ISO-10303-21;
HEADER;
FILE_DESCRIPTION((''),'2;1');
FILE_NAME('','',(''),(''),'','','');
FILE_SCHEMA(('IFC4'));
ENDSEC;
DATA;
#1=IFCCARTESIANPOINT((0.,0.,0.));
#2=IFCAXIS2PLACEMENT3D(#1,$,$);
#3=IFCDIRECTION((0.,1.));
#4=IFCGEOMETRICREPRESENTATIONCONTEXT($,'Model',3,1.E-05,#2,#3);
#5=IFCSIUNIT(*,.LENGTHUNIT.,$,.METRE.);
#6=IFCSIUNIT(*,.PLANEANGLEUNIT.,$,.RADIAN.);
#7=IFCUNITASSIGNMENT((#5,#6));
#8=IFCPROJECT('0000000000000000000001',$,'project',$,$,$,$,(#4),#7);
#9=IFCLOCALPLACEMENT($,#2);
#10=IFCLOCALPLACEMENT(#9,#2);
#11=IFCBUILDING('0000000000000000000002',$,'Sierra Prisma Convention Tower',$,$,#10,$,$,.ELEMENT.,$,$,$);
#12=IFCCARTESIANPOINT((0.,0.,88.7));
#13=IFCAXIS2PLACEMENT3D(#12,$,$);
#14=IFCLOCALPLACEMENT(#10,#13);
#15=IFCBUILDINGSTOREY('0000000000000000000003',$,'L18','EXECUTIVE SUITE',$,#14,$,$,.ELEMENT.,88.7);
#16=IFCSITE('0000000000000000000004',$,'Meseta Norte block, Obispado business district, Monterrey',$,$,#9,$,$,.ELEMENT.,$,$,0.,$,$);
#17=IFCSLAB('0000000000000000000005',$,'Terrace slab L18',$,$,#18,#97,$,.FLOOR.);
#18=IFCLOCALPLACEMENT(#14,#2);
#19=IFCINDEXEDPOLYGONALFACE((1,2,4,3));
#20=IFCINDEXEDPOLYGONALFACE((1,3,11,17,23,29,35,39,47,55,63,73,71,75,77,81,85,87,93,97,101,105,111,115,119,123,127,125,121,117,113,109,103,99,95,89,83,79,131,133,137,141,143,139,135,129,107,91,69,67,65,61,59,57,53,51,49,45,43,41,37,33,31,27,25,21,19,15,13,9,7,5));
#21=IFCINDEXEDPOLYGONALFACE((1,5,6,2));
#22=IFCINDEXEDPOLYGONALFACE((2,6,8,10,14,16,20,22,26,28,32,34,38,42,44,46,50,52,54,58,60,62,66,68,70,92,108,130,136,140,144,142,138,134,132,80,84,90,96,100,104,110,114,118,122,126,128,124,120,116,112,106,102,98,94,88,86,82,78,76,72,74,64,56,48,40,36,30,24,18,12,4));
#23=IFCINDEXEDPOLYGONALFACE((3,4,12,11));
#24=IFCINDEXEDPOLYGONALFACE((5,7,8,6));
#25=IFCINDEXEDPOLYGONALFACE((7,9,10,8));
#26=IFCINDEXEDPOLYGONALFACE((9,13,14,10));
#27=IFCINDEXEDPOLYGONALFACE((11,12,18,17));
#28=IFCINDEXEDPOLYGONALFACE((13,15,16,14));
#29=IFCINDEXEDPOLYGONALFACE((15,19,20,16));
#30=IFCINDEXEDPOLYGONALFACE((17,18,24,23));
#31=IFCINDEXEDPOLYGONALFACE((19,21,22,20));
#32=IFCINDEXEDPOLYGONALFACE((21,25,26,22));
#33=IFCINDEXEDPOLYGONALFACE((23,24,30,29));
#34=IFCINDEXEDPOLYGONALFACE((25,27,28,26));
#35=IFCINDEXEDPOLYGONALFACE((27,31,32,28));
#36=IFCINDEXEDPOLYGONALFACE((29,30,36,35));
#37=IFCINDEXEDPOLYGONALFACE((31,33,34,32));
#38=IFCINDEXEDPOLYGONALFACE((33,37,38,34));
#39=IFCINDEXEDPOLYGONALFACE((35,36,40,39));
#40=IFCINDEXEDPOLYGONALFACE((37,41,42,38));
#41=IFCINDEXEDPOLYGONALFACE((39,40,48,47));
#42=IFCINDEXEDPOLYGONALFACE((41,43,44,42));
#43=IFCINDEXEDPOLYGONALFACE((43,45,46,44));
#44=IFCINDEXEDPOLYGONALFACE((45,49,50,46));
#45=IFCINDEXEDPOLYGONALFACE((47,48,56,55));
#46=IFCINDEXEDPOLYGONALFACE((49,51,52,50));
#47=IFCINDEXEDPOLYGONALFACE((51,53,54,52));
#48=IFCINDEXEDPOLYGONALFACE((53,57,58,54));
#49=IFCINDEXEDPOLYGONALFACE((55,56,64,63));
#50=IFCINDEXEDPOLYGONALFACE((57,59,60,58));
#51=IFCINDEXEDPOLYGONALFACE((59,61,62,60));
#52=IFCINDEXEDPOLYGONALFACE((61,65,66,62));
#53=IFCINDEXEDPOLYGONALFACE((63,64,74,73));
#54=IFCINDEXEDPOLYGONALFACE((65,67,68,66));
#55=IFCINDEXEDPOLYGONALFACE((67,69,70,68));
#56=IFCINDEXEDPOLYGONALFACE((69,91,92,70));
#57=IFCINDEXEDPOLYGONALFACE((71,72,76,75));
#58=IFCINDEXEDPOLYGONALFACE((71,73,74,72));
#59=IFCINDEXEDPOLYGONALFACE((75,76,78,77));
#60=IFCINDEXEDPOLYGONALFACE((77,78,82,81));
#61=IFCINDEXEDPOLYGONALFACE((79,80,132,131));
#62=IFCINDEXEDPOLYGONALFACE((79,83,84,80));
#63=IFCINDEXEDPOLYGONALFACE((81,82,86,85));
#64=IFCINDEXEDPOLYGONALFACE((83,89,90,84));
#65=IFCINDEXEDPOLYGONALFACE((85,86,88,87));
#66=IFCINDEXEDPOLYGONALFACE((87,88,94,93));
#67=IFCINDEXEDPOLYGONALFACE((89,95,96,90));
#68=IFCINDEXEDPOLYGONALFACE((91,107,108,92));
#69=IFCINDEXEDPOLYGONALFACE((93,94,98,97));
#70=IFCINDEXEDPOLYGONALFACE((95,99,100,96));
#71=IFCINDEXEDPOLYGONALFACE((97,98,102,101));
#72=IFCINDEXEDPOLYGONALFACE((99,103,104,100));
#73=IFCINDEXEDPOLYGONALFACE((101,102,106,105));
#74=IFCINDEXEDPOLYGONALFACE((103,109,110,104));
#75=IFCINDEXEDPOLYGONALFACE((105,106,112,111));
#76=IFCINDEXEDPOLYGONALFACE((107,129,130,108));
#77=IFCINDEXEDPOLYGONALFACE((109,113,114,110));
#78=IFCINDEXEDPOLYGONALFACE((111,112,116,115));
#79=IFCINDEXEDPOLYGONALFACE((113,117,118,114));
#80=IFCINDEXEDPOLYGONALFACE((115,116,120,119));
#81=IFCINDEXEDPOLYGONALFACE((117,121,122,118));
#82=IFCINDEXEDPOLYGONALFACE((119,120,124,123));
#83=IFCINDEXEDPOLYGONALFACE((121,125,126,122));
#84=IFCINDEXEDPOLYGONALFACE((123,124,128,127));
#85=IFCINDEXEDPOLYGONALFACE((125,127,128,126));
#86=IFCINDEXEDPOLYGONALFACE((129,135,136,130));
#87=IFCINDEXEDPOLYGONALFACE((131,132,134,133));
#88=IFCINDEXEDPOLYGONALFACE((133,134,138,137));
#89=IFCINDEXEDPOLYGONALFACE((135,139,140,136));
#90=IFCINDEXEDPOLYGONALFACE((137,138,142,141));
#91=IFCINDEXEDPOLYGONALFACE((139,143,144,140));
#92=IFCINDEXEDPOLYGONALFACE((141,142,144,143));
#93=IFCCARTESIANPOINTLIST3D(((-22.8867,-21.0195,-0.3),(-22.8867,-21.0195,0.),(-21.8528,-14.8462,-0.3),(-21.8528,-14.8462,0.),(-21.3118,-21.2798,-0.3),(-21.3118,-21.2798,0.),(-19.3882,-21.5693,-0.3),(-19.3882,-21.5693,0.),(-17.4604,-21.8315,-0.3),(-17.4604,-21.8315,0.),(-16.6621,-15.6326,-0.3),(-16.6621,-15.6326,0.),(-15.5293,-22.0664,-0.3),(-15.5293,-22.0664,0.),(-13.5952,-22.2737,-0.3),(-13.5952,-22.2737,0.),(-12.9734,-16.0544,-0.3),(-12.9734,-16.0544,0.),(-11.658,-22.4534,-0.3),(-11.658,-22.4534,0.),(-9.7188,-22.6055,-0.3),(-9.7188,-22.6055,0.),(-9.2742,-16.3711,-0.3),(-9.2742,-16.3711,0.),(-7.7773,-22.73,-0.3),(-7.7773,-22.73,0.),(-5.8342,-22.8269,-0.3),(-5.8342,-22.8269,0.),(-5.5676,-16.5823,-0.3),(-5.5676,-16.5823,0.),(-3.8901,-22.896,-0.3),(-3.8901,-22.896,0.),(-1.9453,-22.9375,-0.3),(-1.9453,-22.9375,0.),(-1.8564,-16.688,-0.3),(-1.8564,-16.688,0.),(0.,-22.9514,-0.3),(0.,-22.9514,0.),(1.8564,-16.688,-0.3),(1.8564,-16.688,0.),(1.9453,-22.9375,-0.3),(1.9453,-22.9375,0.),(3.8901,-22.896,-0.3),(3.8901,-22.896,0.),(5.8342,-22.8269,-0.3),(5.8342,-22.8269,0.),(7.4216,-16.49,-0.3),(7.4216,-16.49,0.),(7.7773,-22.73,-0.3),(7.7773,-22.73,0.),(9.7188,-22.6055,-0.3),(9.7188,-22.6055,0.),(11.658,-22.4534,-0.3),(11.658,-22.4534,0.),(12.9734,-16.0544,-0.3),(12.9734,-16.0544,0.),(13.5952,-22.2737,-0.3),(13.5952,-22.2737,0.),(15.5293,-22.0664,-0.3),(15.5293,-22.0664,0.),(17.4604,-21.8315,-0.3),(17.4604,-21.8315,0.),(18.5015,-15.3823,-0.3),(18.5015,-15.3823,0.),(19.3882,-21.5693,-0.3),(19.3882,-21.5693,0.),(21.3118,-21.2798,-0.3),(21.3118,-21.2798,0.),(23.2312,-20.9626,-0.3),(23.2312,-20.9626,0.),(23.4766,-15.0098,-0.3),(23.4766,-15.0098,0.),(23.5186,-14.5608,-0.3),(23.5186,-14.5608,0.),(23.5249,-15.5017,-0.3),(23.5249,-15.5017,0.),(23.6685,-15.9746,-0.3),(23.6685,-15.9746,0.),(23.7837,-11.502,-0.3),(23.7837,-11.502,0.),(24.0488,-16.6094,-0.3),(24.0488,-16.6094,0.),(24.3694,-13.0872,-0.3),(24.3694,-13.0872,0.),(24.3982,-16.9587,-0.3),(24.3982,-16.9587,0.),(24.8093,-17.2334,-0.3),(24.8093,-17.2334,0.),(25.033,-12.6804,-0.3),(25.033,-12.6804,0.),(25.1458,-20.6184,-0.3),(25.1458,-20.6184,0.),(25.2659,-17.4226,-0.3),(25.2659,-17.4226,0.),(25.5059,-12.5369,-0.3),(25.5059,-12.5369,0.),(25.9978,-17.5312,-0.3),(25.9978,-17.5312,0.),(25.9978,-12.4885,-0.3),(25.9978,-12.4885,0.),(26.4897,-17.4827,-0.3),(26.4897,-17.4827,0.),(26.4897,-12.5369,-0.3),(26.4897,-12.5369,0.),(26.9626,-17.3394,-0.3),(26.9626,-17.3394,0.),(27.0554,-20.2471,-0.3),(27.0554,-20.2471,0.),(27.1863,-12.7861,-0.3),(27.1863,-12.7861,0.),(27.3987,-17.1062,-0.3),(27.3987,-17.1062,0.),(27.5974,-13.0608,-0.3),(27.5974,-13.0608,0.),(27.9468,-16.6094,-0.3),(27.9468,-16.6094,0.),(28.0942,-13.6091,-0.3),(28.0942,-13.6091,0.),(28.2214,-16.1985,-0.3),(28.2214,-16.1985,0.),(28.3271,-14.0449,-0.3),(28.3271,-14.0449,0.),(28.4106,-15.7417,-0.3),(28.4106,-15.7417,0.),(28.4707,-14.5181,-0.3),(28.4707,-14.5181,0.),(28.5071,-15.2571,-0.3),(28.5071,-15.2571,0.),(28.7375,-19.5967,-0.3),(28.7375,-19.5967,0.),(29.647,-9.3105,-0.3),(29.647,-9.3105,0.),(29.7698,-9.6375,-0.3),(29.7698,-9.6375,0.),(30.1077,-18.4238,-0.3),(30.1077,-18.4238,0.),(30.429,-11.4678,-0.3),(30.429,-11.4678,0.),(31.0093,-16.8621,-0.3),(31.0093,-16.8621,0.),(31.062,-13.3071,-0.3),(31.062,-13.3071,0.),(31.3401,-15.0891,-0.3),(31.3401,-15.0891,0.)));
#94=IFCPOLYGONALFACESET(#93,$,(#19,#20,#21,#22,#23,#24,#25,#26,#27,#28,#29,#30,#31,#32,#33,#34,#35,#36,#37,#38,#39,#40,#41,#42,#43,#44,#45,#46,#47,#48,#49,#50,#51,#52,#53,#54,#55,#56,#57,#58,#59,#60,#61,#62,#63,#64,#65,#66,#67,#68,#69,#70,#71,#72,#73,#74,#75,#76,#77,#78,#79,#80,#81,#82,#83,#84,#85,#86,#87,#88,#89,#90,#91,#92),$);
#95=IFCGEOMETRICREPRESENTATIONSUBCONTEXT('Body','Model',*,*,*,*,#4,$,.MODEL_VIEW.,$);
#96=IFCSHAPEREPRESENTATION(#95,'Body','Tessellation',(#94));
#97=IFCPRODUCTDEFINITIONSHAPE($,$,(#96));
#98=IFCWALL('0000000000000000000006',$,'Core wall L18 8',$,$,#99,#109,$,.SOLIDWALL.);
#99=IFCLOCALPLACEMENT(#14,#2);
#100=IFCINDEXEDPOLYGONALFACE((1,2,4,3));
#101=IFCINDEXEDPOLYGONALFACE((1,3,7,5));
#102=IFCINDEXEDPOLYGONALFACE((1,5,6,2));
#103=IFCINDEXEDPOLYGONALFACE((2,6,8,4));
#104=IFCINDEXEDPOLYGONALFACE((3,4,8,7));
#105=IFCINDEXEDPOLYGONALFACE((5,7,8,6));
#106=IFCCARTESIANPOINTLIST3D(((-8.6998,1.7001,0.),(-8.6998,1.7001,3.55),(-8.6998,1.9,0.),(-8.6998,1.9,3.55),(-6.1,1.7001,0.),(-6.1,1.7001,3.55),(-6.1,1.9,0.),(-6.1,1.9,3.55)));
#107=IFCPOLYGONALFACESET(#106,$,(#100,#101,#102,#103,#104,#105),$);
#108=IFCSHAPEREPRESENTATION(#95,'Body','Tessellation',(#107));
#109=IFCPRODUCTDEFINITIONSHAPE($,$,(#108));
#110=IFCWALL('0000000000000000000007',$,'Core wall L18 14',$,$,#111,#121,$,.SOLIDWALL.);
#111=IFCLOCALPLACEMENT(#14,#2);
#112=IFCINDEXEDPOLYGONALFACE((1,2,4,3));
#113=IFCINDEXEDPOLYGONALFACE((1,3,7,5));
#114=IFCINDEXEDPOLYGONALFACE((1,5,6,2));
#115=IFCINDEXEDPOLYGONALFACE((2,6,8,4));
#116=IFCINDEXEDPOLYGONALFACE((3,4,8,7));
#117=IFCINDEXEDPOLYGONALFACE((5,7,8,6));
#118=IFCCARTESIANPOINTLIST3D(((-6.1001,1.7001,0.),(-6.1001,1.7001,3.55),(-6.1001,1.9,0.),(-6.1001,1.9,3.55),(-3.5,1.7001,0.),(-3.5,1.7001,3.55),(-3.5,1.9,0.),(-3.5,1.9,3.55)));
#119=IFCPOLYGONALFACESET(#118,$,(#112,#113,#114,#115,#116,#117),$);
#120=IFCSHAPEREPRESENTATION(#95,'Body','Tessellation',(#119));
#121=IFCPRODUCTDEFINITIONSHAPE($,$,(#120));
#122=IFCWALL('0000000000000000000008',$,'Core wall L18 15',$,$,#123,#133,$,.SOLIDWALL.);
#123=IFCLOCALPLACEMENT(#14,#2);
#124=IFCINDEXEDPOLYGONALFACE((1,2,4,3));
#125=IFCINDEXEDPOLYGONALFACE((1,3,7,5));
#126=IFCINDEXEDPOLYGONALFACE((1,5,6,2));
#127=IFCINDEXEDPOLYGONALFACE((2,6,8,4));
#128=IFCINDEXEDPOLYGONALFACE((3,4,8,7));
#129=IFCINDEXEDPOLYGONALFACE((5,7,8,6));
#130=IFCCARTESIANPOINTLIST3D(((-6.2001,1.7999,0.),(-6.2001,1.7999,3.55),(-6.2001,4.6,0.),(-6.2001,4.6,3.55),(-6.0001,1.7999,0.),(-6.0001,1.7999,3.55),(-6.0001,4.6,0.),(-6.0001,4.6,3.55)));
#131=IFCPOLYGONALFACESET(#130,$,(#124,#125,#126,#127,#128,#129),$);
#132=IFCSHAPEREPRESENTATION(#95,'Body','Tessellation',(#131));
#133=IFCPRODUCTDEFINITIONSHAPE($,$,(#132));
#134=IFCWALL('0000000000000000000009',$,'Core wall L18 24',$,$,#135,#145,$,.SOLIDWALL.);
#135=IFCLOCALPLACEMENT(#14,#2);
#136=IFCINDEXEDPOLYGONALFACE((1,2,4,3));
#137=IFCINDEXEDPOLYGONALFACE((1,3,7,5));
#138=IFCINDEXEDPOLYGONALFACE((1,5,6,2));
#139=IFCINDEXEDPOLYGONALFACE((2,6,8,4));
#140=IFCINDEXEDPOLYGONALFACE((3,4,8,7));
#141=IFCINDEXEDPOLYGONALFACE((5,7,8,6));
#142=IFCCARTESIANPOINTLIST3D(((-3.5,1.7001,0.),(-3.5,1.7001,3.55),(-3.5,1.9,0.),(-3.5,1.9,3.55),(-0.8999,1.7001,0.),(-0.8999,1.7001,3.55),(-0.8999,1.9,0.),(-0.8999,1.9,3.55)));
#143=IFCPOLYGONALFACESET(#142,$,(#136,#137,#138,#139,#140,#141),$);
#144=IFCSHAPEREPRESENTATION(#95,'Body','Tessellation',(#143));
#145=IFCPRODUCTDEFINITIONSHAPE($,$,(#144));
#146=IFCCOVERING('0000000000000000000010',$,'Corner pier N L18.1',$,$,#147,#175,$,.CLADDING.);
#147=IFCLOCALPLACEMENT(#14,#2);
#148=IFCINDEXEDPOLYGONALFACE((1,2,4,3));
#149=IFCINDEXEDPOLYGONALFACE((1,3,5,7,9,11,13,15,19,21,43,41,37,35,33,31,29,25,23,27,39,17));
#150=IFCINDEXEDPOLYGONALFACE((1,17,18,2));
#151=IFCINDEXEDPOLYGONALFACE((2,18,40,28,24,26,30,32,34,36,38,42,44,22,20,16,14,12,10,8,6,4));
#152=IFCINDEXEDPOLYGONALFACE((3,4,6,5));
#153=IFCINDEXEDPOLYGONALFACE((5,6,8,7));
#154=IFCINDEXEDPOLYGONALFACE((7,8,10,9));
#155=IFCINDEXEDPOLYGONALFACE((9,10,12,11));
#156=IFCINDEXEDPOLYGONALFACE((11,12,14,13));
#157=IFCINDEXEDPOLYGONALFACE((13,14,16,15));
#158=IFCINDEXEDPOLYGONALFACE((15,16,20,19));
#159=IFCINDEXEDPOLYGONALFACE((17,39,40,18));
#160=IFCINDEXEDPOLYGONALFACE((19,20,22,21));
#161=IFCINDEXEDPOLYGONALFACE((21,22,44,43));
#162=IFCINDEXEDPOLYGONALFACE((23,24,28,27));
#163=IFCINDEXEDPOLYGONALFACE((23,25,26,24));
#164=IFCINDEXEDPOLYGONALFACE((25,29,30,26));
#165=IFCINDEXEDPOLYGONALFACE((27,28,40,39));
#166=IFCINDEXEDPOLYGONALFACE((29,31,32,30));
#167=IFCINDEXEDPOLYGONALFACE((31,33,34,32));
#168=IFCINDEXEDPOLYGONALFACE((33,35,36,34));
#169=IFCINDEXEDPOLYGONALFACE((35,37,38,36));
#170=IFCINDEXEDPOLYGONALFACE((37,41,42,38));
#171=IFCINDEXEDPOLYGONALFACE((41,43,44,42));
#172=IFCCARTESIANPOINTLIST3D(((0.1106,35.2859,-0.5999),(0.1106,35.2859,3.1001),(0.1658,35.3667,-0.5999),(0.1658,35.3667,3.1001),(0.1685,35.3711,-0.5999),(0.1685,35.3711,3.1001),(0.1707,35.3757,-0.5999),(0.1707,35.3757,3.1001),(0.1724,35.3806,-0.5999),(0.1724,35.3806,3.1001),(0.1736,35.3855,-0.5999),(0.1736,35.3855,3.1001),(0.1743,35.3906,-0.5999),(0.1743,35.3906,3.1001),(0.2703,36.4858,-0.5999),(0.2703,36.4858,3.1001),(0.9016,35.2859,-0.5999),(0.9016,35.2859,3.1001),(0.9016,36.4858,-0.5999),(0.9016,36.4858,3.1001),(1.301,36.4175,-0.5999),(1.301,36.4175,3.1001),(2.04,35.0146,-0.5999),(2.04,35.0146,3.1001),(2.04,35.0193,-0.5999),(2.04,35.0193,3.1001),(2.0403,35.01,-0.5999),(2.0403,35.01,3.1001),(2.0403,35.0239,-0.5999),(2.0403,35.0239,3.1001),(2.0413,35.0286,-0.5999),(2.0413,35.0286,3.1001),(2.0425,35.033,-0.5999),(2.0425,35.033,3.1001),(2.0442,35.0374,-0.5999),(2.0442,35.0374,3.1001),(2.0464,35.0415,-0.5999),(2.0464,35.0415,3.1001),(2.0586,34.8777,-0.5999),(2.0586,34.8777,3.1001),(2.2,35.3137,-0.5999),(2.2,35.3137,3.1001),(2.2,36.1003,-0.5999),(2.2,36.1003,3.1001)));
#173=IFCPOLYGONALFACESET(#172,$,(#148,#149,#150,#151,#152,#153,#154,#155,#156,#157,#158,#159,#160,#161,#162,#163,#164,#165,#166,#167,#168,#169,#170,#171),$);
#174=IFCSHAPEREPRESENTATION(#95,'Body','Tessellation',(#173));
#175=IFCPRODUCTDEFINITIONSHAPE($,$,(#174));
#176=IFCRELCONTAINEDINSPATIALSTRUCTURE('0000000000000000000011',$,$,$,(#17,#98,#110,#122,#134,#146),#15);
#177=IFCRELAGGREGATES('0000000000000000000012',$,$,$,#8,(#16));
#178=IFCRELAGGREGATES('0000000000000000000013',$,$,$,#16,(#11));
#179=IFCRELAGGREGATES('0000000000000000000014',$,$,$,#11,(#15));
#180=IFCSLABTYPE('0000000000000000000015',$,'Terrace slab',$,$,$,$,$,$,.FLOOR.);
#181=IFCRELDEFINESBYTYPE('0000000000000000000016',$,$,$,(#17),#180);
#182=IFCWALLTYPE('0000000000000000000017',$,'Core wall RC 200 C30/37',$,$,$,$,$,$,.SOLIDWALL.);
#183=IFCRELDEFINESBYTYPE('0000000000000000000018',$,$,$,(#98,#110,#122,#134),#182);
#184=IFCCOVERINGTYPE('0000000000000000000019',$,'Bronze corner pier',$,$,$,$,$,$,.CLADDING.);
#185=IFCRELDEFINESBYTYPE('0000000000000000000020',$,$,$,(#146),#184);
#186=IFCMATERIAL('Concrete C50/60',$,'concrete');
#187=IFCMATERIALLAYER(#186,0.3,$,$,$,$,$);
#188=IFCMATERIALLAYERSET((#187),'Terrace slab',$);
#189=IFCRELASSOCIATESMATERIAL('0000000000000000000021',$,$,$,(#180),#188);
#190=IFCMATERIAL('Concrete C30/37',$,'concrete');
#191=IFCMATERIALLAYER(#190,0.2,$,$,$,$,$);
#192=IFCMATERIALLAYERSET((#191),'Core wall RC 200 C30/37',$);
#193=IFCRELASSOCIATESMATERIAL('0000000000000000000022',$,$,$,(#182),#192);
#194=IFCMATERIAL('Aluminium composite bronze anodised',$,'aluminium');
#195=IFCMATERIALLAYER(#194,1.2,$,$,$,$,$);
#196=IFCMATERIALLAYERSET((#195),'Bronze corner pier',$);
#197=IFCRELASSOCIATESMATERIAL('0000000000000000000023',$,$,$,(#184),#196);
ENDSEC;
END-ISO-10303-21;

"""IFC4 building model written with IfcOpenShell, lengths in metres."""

from ifc_helpers import new_model, si_unit, direction, frame, frame_2d, origin, place, context, subcontext, project, spatial, polyline, rectangle, outline, extrude, material, layer, layer_set, type_object, element, save


model = new_model("IFC4")

# Units and contexts
model_context = context("Model", 3, precision=1e-05, world=origin(), true_north=direction((0.0, 1.0)))
body_context = subcontext(model_context, "Body", "Model", "MODEL_VIEW")
ifc_project = project(units=[si_unit("LENGTHUNIT", "METRE"), si_unit("PLANEANGLEUNIT", "RADIAN")], contexts=[model_context])

# Site, building, storey
site_placement = place(None, origin())
site = spatial("IfcSite", under=ifc_project, at=site_placement, Name="Meseta Norte block, Obispado business district, Monterrey", CompositionType="ELEMENT", RefElevation=0.0)
building_placement = place(site_placement, origin())
building = spatial("IfcBuilding", under=site, at=building_placement, Name="Sierra Prisma Convention Tower", CompositionType="ELEMENT")
storey_placement = place(building_placement, frame((0.0, 0.0, 88.7)))
storey = spatial("IfcBuildingStorey", under=building, at=storey_placement, Name="L18", Description="EXECUTIVE SUITE", CompositionType="ELEMENT", Elevation=88.7)

# Slab
ifc_material_1 = material(Name="Concrete C50/60", Category="concrete")
ifc_layer_1 = layer(ifc_material_1, 0.3)
ifc_layer_set_1 = layer_set([ifc_layer_1], Name="Terrace slab")
slab_type_1 = type_object("IfcSlabType", Name="Terrace slab", PredefinedType="FLOOR", material=ifc_layer_set_1)
slab_1_placement = place(storey_placement, frame((0.0, 0.0, -0.3)))
element("IfcSlab", 1, at=slab_1_placement, inside=storey, type_object=slab_type_1, Name="Terrace slab L18", PredefinedType="FLOOR", context=body_context, shape_type="SweptSolid", body=[
    extrude(outline(polyline([(-22.8867, -21.0195), (-21.3118, -21.2798), (-19.3882, -21.5693), (-17.4604, -21.8315), (-15.5293, -22.0664), (-13.5952, -22.2737), (-11.658, -22.4534), (-9.7188, -22.6055), (-7.7773, -22.73), (-5.8342, -22.8269), (-3.8901, -22.896), (-1.9453, -22.9375), (0.0, -22.9514), (1.9453, -22.9375), (3.8901, -22.896), (5.8342, -22.8269), (7.7773, -22.73), (9.7188, -22.6055), (11.658, -22.4534), (13.5952, -22.2737), (15.5293, -22.0664), (17.4604, -21.8315), (19.3882, -21.5693), (21.3118, -21.2798), (23.2312, -20.9626), (25.1458, -20.6184), (27.0554, -20.2471), (28.7375, -19.5967), (30.1077, -18.4238), (31.0093, -16.8621), (31.3401, -15.0891), (31.062, -13.3071), (30.429, -11.4678), (29.7698, -9.6375), (29.647, -9.3105), (23.7837, -11.502), (24.3694, -13.0872), (25.033, -12.6804), (25.5059, -12.5369), (25.9978, -12.4885), (26.4897, -12.5369), (27.1863, -12.7861), (27.5974, -13.0608), (28.0942, -13.6091), (28.3271, -14.0449), (28.4707, -14.5181), (28.5071, -15.2571), (28.4106, -15.7417), (28.2214, -16.1985), (27.9468, -16.6094), (27.3987, -17.1062), (26.9626, -17.3394), (26.4897, -17.4827), (25.9978, -17.5312), (25.2659, -17.4226), (24.8093, -17.2334), (24.3982, -16.9587), (24.0488, -16.6094), (23.6685, -15.9746), (23.5249, -15.5017), (23.4766, -15.0098), (23.5186, -14.5608), (18.5015, -15.3823), (12.9734, -16.0544), (7.4216, -16.49), (1.8564, -16.688), (-1.8564, -16.688), (-5.5676, -16.5823), (-9.2742, -16.3711), (-12.9734, -16.0544), (-16.6621, -15.6326), (-21.8528, -14.8462), (-22.8867, -21.0195)])), origin(), (0.0, 0.0, 1.0), 0.3),
])

# Wall
ifc_material_2 = material(Name="Concrete C30/37", Category="concrete")
ifc_layer_2 = layer(ifc_material_2, 0.2)
ifc_layer_set_2 = layer_set([ifc_layer_2], Name="Core wall RC 200 C30/37")
wall_type = type_object("IfcWallType", Name="Core wall RC 200 C30/37", PredefinedType="SOLIDWALL", material=ifc_layer_set_2)
wall_1_placement = place(storey_placement, frame((-6.1001, 1.8, 0.0), z_axis=(0.0, 0.0, 1.0), x_axis=(-1.0, 0.0, 0.0)))
element("IfcWall", 2, at=wall_1_placement, inside=storey, type_object=wall_type, Name="Core wall L18 8", PredefinedType="SOLIDWALL", context=body_context, shape_type="SweptSolid", body=[
    extrude(rectangle(XDim=2.5999, YDim=0.2, at=frame_2d((1.2998, 0.0))), origin(), (0.0, 0.0, 1.0), 3.55),
])

# Walls
wall_2_placement = place(storey_placement, frame((-3.5, 1.8, 0.0), z_axis=(0.0, 0.0, 1.0), x_axis=(-1.0, 0.0, 0.0)))
element("IfcWall", 3, at=wall_2_placement, inside=storey, type_object=wall_type, Name="Core wall L18 14", PredefinedType="SOLIDWALL", context=body_context, shape_type="SweptSolid", body=[
    extrude(rectangle(XDim=2.6001, YDim=0.2, at=frame_2d((1.3, 0.0))), origin(), (0.0, 0.0, 1.0), 3.55),
])
wall_3_placement = place(storey_placement, frame((-6.1001, 1.8, 0.0), z_axis=(0.0, 0.0, 1.0), x_axis=(0.0, 1.0, 0.0)))
element("IfcWall", 4, at=wall_3_placement, inside=storey, type_object=wall_type, Name="Core wall L18 15", PredefinedType="SOLIDWALL", context=body_context, shape_type="SweptSolid", body=[
    extrude(rectangle(XDim=2.8, YDim=0.2, at=frame_2d((1.3999, 0.0))), origin(), (0.0, 0.0, 1.0), 3.55),
])

# Wall
wall_4_placement = place(storey_placement, frame((-0.8999, 1.8, 0.0), z_axis=(0.0, 0.0, 1.0), x_axis=(-1.0, 0.0, 0.0)))
element("IfcWall", 5, at=wall_4_placement, inside=storey, type_object=wall_type, Name="Core wall L18 24", PredefinedType="SOLIDWALL", context=body_context, shape_type="SweptSolid", body=[
    extrude(rectangle(XDim=2.6001, YDim=0.2, at=frame_2d((1.3, 0.0))), origin(), (0.0, 0.0, 1.0), 3.55),
])

# Covering
ifc_material_3 = material(Name="Aluminium composite bronze anodised", Category="aluminium")
ifc_layer_3 = layer(ifc_material_3, 1.2)
ifc_layer_set_3 = layer_set([ifc_layer_3], Name="Bronze corner pier")
covering_type_1 = type_object("IfcCoveringType", Name="Bronze corner pier", PredefinedType="CLADDING", material=ifc_layer_set_3)
covering_1_placement = place(storey_placement, frame((0.0, 0.0, -0.5999)))
element("IfcCovering", 6, at=covering_1_placement, inside=storey, type_object=covering_type_1, Name="Corner pier N L18.1", PredefinedType="CLADDING", context=body_context, shape_type="SweptSolid", body=[
    extrude(outline(polyline([(2.0403, 35.0239), (2.04, 35.0193), (2.04, 35.0146), (2.0403, 35.01), (2.0586, 34.8777), (0.9016, 35.2859), (0.1106, 35.2859), (0.1658, 35.3667), (0.1685, 35.3711), (0.1707, 35.3757), (0.1724, 35.3806), (0.1736, 35.3855), (0.1743, 35.3906), (0.2703, 36.4858), (0.9016, 36.4858), (1.301, 36.4175), (2.2, 36.1003), (2.2, 35.3137), (2.0464, 35.0415), (2.0442, 35.0374), (2.0425, 35.033), (2.0413, 35.0286), (2.0403, 35.0239)])), origin(), (0.0, 0.0, 1.0), 3.7),
])

save(model, "model.ifc")
